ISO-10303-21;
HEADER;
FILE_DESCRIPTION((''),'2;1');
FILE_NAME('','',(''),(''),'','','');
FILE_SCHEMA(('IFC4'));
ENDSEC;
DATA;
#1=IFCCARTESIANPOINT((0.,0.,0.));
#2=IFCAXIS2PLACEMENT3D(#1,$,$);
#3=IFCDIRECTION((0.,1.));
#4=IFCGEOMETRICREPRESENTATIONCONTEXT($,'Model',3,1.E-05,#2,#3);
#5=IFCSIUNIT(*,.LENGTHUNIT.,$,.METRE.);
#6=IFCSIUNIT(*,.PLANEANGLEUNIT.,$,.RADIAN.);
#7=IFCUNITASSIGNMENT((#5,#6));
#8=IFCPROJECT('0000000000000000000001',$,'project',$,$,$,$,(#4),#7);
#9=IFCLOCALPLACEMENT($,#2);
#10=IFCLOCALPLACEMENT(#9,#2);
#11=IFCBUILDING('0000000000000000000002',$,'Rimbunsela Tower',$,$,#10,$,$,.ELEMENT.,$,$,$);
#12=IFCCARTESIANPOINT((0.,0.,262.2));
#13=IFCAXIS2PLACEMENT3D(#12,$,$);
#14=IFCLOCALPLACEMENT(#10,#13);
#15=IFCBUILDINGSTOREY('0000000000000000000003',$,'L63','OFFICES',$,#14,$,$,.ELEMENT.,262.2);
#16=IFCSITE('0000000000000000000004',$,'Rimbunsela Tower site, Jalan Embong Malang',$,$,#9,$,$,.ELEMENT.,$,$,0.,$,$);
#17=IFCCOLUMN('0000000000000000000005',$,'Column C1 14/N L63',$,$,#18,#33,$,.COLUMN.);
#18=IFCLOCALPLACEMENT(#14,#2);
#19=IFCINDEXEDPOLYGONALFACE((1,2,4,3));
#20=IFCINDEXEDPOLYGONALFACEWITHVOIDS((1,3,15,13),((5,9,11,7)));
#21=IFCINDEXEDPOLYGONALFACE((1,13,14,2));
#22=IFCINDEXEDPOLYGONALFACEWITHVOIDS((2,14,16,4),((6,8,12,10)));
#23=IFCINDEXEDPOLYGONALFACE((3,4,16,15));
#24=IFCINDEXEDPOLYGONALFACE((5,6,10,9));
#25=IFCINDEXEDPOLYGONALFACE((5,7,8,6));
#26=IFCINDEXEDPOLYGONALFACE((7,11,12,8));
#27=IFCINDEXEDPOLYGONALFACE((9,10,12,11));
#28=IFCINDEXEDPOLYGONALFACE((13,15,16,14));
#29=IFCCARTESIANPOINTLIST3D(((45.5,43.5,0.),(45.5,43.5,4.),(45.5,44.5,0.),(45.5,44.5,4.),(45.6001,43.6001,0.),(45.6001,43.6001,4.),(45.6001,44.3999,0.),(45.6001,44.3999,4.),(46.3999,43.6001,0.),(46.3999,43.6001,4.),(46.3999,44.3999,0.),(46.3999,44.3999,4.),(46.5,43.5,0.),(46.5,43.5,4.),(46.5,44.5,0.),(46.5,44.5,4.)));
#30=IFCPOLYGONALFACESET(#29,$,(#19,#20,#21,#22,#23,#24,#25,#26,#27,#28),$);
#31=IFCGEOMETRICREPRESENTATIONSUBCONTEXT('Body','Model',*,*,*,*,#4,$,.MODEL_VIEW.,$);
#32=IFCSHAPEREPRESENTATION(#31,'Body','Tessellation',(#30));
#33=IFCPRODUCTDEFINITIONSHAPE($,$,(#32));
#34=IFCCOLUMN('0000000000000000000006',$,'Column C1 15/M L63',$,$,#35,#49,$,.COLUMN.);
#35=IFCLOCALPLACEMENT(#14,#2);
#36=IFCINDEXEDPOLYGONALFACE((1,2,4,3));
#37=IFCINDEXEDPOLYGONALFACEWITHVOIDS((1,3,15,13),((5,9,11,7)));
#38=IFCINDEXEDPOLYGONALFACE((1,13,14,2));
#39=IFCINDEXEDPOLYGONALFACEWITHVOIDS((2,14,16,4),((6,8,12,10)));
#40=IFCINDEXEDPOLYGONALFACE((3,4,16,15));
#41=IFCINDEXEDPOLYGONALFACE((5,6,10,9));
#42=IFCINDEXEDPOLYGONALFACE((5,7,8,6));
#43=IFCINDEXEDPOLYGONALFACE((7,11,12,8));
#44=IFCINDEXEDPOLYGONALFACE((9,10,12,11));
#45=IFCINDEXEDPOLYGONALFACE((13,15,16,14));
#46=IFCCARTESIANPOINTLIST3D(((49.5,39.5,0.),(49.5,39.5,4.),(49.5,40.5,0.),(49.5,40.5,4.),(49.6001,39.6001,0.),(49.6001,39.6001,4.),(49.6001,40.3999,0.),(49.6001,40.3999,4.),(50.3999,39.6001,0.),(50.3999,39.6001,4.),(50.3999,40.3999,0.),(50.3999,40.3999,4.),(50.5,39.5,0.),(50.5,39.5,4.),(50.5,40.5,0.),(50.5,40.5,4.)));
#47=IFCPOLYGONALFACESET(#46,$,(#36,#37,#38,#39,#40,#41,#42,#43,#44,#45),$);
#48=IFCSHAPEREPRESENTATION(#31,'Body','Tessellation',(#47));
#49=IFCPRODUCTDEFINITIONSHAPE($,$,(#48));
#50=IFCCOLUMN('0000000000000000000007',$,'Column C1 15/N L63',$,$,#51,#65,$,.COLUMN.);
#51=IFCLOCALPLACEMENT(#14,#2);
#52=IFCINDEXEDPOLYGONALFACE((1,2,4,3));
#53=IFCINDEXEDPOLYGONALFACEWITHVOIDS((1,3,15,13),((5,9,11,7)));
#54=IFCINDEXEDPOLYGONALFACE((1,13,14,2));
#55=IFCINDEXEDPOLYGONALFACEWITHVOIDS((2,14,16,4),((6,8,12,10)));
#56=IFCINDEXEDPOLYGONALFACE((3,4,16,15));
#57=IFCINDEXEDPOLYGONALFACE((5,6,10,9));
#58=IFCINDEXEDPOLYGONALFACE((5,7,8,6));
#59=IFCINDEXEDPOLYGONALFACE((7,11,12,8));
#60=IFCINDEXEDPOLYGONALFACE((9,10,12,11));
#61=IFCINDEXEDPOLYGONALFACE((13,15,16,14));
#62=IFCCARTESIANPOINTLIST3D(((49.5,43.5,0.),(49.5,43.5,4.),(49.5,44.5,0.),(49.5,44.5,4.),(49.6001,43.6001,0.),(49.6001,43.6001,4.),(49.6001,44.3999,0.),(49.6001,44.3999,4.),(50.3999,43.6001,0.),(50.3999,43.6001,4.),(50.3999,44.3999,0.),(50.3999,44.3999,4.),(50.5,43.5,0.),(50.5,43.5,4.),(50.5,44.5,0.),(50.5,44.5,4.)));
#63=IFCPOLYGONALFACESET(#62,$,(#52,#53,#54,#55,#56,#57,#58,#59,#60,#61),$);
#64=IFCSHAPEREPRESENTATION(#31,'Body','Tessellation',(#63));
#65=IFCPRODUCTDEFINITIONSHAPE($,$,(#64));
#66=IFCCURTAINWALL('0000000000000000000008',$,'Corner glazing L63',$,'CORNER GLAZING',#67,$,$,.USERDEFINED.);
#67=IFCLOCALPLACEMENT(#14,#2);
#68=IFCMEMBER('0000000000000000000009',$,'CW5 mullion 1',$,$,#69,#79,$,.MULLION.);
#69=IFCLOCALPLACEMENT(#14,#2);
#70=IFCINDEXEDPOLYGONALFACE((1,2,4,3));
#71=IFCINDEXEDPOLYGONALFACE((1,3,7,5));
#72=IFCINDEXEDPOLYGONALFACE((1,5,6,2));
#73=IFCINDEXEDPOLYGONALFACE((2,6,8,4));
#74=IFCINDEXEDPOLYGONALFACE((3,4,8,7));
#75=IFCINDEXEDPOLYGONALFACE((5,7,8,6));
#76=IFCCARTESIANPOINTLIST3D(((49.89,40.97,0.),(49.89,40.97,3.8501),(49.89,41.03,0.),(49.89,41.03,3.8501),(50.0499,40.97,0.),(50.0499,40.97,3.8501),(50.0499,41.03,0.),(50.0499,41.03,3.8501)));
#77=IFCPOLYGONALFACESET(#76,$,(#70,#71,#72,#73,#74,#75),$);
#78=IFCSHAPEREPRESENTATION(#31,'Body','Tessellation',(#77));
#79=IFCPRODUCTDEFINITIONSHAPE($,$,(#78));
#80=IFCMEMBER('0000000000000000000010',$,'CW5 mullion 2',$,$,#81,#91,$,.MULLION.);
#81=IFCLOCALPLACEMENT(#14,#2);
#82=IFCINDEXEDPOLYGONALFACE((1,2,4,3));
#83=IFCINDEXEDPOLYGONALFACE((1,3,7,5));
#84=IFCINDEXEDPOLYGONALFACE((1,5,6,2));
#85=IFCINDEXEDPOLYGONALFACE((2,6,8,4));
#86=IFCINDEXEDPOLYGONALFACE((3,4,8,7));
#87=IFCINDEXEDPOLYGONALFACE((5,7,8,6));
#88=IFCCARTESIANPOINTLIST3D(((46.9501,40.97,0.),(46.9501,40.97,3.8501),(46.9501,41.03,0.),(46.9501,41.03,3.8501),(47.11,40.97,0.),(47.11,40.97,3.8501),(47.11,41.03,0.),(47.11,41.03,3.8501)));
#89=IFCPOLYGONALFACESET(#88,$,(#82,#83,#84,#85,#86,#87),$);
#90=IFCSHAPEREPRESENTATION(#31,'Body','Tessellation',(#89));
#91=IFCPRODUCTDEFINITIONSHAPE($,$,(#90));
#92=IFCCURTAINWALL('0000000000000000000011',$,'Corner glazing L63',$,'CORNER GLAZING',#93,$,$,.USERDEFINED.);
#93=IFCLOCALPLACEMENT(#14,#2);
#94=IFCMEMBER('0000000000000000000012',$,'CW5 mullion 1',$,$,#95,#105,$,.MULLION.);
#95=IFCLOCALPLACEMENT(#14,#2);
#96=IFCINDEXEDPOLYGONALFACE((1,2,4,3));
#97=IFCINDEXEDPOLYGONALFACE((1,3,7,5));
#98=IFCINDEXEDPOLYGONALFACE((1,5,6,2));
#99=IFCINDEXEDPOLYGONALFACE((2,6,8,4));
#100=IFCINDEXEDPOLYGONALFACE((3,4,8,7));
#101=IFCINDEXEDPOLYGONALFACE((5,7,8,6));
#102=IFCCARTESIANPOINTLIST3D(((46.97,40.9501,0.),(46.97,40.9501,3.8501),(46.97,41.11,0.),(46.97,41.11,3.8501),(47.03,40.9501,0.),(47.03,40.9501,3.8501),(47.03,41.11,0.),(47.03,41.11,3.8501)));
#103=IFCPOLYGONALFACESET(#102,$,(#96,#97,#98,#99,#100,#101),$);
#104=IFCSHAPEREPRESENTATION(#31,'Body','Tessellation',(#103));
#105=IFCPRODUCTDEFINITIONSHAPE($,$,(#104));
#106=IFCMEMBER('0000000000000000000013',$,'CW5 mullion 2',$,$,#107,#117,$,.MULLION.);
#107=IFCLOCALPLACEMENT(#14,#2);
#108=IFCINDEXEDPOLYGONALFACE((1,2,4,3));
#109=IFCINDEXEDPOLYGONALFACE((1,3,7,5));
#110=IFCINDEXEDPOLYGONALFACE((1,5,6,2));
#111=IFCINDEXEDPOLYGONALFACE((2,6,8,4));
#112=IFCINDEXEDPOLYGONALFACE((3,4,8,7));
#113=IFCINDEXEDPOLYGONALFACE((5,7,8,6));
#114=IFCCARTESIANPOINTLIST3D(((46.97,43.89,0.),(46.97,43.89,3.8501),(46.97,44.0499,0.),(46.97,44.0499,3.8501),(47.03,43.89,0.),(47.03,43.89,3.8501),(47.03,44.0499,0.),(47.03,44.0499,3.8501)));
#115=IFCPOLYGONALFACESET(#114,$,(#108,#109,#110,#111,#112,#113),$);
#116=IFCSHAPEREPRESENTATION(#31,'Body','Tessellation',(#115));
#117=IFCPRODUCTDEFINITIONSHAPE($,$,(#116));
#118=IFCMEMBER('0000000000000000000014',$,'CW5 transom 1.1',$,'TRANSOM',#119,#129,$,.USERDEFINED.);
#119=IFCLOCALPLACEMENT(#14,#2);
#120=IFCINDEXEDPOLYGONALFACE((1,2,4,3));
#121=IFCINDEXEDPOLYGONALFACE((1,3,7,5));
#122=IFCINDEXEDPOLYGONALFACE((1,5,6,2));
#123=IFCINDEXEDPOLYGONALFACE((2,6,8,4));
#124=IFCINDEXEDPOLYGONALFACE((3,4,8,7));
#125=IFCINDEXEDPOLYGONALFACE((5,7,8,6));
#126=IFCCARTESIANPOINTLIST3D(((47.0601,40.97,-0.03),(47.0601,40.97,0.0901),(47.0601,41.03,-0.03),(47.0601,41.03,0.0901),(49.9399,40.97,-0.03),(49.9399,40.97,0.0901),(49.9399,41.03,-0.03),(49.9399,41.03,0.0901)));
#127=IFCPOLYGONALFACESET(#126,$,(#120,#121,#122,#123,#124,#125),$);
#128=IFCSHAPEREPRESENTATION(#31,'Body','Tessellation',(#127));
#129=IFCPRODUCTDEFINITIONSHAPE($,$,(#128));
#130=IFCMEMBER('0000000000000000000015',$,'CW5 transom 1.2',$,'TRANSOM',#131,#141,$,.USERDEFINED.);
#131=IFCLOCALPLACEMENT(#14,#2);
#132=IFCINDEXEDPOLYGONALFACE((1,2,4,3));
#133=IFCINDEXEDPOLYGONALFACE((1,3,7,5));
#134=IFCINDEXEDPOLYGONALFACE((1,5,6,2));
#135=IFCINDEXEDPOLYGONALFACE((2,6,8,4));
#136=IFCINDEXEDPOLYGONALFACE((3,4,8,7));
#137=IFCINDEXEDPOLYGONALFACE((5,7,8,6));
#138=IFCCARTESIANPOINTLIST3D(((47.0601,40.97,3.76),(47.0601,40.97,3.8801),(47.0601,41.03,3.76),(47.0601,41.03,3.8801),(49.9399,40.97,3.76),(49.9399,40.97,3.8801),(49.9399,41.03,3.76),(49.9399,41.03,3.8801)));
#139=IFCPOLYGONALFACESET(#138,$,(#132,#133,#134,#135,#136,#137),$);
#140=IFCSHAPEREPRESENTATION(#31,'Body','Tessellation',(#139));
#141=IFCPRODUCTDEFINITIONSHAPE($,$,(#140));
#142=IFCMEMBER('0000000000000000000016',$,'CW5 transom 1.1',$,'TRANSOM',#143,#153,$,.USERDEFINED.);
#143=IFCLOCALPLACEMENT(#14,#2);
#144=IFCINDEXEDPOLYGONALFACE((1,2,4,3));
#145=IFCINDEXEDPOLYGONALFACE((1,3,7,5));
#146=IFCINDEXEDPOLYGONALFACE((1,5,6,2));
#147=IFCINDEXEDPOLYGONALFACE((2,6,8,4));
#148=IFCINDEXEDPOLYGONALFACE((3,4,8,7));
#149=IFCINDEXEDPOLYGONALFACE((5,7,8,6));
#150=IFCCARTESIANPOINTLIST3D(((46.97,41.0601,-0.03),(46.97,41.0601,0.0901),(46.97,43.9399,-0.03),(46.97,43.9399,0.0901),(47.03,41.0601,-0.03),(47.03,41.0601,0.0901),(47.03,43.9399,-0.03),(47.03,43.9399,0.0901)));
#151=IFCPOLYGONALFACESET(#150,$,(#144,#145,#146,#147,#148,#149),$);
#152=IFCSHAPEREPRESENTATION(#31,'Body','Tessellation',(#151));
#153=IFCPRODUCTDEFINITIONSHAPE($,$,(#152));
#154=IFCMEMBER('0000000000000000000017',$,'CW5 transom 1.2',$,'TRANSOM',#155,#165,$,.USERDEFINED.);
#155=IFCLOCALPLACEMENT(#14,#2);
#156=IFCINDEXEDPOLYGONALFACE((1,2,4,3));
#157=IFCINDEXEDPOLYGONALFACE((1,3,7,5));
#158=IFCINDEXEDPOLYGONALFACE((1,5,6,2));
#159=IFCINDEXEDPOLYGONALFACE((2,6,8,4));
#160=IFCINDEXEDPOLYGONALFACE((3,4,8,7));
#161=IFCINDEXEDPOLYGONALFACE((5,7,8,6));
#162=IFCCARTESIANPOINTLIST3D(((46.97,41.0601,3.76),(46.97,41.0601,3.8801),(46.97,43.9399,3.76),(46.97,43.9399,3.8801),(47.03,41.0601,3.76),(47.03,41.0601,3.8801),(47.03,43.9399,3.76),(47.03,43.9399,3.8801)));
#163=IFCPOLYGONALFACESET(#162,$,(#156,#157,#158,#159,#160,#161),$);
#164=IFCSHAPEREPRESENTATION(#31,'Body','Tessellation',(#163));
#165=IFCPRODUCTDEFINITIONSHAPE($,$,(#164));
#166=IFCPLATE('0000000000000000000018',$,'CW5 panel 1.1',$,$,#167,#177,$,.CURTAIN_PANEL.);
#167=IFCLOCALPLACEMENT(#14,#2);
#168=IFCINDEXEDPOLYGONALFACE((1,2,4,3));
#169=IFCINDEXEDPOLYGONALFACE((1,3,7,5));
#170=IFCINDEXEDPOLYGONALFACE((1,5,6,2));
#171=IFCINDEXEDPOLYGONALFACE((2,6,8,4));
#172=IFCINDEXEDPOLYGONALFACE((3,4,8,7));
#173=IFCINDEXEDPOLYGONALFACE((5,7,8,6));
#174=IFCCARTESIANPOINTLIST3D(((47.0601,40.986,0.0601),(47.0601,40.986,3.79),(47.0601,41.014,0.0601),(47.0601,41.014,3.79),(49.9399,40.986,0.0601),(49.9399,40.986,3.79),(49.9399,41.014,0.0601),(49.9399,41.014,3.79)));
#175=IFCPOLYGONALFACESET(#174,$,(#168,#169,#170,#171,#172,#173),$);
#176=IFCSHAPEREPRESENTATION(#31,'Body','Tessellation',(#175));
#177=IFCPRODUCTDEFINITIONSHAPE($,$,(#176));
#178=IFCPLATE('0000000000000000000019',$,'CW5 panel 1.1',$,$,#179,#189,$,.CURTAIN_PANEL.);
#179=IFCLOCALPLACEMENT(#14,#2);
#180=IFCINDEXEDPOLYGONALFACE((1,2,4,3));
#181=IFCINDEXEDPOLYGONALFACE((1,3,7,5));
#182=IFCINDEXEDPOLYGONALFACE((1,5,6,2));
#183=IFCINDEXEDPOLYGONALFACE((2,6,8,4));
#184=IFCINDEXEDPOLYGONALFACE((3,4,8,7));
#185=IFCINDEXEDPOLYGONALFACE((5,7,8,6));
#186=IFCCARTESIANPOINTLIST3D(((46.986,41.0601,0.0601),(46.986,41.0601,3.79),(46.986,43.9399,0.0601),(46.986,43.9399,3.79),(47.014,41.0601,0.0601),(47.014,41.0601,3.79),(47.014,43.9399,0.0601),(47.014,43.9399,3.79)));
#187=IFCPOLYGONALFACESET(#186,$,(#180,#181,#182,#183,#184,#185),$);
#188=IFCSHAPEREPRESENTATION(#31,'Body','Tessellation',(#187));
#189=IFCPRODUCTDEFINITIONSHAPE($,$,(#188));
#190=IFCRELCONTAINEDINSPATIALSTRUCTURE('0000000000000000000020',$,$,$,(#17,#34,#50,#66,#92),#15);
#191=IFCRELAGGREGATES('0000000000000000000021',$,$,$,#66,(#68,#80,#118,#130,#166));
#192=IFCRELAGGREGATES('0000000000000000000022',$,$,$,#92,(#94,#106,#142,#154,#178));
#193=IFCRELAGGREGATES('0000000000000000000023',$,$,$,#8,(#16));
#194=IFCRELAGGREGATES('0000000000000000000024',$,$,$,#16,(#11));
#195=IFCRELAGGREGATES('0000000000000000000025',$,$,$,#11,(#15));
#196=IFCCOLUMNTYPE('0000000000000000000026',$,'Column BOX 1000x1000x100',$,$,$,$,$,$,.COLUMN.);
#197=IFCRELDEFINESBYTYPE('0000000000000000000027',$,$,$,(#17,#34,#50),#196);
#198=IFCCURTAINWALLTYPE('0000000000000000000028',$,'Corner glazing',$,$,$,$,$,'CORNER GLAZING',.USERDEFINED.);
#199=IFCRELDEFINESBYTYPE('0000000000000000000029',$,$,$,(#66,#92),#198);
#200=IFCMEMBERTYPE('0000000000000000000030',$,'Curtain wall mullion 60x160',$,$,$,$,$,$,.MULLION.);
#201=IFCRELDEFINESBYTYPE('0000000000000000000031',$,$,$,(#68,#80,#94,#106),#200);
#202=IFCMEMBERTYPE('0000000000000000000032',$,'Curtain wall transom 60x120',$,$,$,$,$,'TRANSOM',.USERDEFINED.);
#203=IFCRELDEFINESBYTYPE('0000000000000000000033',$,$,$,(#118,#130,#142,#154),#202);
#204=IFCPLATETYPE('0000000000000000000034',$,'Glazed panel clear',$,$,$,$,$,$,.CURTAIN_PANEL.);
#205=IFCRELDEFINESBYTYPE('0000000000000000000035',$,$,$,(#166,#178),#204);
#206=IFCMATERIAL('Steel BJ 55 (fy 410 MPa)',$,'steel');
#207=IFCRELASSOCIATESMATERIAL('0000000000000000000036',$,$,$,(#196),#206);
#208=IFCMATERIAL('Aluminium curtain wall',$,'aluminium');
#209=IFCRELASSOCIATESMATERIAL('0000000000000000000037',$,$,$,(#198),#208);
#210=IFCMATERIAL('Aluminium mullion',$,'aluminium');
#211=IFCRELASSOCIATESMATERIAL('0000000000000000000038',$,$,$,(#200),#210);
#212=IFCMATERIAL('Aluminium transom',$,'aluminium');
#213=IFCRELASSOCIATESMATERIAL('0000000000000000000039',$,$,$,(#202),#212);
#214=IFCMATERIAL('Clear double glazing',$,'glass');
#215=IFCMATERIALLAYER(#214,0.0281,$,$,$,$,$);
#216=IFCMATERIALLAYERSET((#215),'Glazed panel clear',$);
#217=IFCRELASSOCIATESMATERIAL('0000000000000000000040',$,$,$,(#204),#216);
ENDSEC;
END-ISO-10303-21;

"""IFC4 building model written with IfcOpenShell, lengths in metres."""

from ifc_helpers import new_model, si_unit, direction, frame, origin, origin_2d, place, context, subcontext, project, spatial, rectangle, hollow_rectangle, extrude, material, layer, layer_set, material_profile, profile_set, type_object, element, aggregate, save


model = new_model("IFC4")

# Units and contexts
model_context = context("Model", 3, precision=1e-05, world=origin(), true_north=direction((0.0, 1.0)))
body_context = subcontext(model_context, "Body", "Model", "MODEL_VIEW")
ifc_project = project(units=[si_unit("LENGTHUNIT", "METRE"), si_unit("PLANEANGLEUNIT", "RADIAN")], contexts=[model_context])

# Site, building, storey
site_placement = place(None, origin())
site = spatial("IfcSite", under=ifc_project, at=site_placement, Name="Rimbunsela Tower site, Jalan Embong Malang", CompositionType="ELEMENT", RefElevation=0.0)
building_placement = place(site_placement, origin())
building = spatial("IfcBuilding", under=site, at=building_placement, Name="Rimbunsela Tower", CompositionType="ELEMENT")
storey_placement = place(building_placement, frame((0.0, 0.0, 262.2)))
storey = spatial("IfcBuildingStorey", under=building, at=storey_placement, Name="L63", Description="OFFICES", CompositionType="ELEMENT", Elevation=262.2)

# Columns
ifc_material_1 = material(Name="Steel BJ 55 (fy 410 MPa)", Category="steel")
ifc_material_profile_1 = material_profile(ifc_material_1, hollow_rectangle(XDim=1.0, YDim=1.0, WallThickness=0.1001, at=origin_2d()), Name="BOX 1000x1000x100")
ifc_profile_set_1 = profile_set([ifc_material_profile_1], Name="Steel BJ 55 (fy 410 MPa)")
column_type = type_object("IfcColumnType", Name="Column BOX 1000x1000x100", PredefinedType="COLUMN", material=ifc_profile_set_1)
for number, where, z_axis, x_axis, name in (
    (1, (46.0, 44.0, 0.0), (0.0, 0.0, 1.0), (1.0, 0.0, 0.0), "Column C1 14/N L63"),
    (2, (50.0, 40.0, 0.0), (0.0, 0.0, 1.0), (1.0, 0.0, 0.0), "Column C1 15/M L63"),
    (3, (50.0, 44.0, 0.0), (0.0, 0.0, 1.0), (1.0, 0.0, 0.0), "Column C1 15/N L63"),
):
    element("IfcColumn", number, at=place(storey_placement, frame(where, z_axis=z_axis, x_axis=x_axis)), inside=storey, type_object=column_type, Name=name, PredefinedType="COLUMN", context=body_context, shape_type="SweptSolid", body=[
        extrude(hollow_rectangle(XDim=1.0, YDim=1.0, WallThickness=0.1001, at=origin_2d()), origin(), (0.0, 0.0, 1.0), 4.0),
    ])

# Curtain walls, members
ifc_material_2 = material(Name="Aluminium curtain wall", Category="aluminium")
curtain_wall_type = type_object("IfcCurtainWallType", Name="Corner glazing", ElementType="CORNER GLAZING", PredefinedType="USERDEFINED", material=ifc_material_2)
curtain_wall_1_placement = place(storey_placement, origin())
curtain_wall_1 = element("IfcCurtainWall", 4, at=curtain_wall_1_placement, inside=storey, type_object=curtain_wall_type, Name="Corner glazing L63", ObjectType="CORNER GLAZING", PredefinedType="USERDEFINED")
ifc_material_3 = material(Name="Aluminium mullion", Category="aluminium")
ifc_material_profile_2 = material_profile(ifc_material_3, rectangle(XDim=0.0601, YDim=0.1599, at=origin_2d()), Name="Mullion 60x160")
ifc_profile_set_2 = profile_set([ifc_material_profile_2], Name="Aluminium mullion")
member_type_1 = type_object("IfcMemberType", Name="Curtain wall mullion 60x160", PredefinedType="MULLION", material=ifc_profile_set_2)
member_1_placement = place(storey_placement, frame((49.97, 41.0, 0.0), z_axis=(0.0, 0.0, 1.0), x_axis=(0.0, -1.0, 0.0)))
member_1 = element("IfcMember", 5, at=member_1_placement, type_object=member_type_1, Name="CW5 mullion 1", PredefinedType="MULLION", context=body_context, shape_type="SweptSolid", body=[
    extrude(rectangle(XDim=0.0601, YDim=0.1599, at=origin_2d()), origin(), (0.0, 0.0, 1.0), 3.8501),
])
member_2_placement = place(storey_placement, frame((47.03, 41.0, 0.0), z_axis=(0.0, 0.0, 1.0), x_axis=(0.0, -1.0, 0.0)))
member_2 = element("IfcMember", 6, at=member_2_placement, type_object=member_type_1, Name="CW5 mullion 2", PredefinedType="MULLION", context=body_context, shape_type="SweptSolid", body=[
    extrude(rectangle(XDim=0.0601, YDim=0.1599, at=origin_2d()), origin(), (0.0, 0.0, 1.0), 3.8501),
])
curtain_wall_2_placement = place(storey_placement, origin())
curtain_wall_2 = element("IfcCurtainWall", 7, at=curtain_wall_2_placement, inside=storey, type_object=curtain_wall_type, Name="Corner glazing L63", ObjectType="CORNER GLAZING", PredefinedType="USERDEFINED")
member_3_placement = place(storey_placement, frame((47.0, 41.03, 0.0), z_axis=(0.0, 0.0, 1.0), x_axis=(-1.0, 0.0, 0.0)))
member_3 = element("IfcMember", 8, at=member_3_placement, type_object=member_type_1, Name="CW5 mullion 1", PredefinedType="MULLION", context=body_context, shape_type="SweptSolid", body=[
    extrude(rectangle(XDim=0.0601, YDim=0.1599, at=origin_2d()), origin(), (0.0, 0.0, 1.0), 3.8501),
])
member_4_placement = place(storey_placement, frame((47.0, 43.97, 0.0), z_axis=(0.0, 0.0, 1.0), x_axis=(-1.0, 0.0, 0.0)))
member_4 = element("IfcMember", 9, at=member_4_placement, type_object=member_type_1, Name="CW5 mullion 2", PredefinedType="MULLION", context=body_context, shape_type="SweptSolid", body=[
    extrude(rectangle(XDim=0.0601, YDim=0.1599, at=origin_2d()), origin(), (0.0, 0.0, 1.0), 3.8501),
])

# Members
ifc_material_4 = material(Name="Aluminium transom", Category="aluminium")
ifc_material_profile_3 = material_profile(ifc_material_4, rectangle(XDim=0.0601, YDim=0.1201, at=origin_2d()), Name="Transom 60x120")
ifc_profile_set_3 = profile_set([ifc_material_profile_3], Name="Aluminium transom")
member_type_2 = type_object("IfcMemberType", Name="Curtain wall transom 60x120", ElementType="TRANSOM", PredefinedType="USERDEFINED", material=ifc_profile_set_3)
member_5_placement = place(storey_placement, frame((49.9399, 41.0, 0.03), z_axis=(-1.0, 0.0, 0.0), x_axis=(0.0, -1.0, 0.0)))
member_5 = element("IfcMember", 10, at=member_5_placement, type_object=member_type_2, Name="CW5 transom 1.1", ObjectType="TRANSOM", PredefinedType="USERDEFINED", context=body_context, shape_type="SweptSolid", body=[
    extrude(rectangle(XDim=0.0601, YDim=0.1201, at=origin_2d()), origin(), (0.0, 0.0, 1.0), 2.8799),
])
member_6_placement = place(storey_placement, frame((49.9399, 41.0, 3.8201), z_axis=(-1.0, 0.0, 0.0), x_axis=(0.0, -1.0, 0.0)))
member_6 = element("IfcMember", 11, at=member_6_placement, type_object=member_type_2, Name="CW5 transom 1.2", ObjectType="TRANSOM", PredefinedType="USERDEFINED", context=body_context, shape_type="SweptSolid", body=[
    extrude(rectangle(XDim=0.0601, YDim=0.1201, at=origin_2d()), origin(), (0.0, 0.0, 1.0), 2.8799),
])
member_7_placement = place(storey_placement, frame((47.0, 41.0601, 0.03), z_axis=(0.0, 1.0, 0.0), x_axis=(-1.0, 0.0, 0.0)))
member_7 = element("IfcMember", 12, at=member_7_placement, type_object=member_type_2, Name="CW5 transom 1.1", ObjectType="TRANSOM", PredefinedType="USERDEFINED", context=body_context, shape_type="SweptSolid", body=[
    extrude(rectangle(XDim=0.0601, YDim=0.1201, at=origin_2d()), origin(), (0.0, 0.0, 1.0), 2.8799),
])
member_8_placement = place(storey_placement, frame((47.0, 41.0601, 3.8201), z_axis=(0.0, 1.0, 0.0), x_axis=(-1.0, 0.0, 0.0)))
member_8 = element("IfcMember", 13, at=member_8_placement, type_object=member_type_2, Name="CW5 transom 1.2", ObjectType="TRANSOM", PredefinedType="USERDEFINED", context=body_context, shape_type="SweptSolid", body=[
    extrude(rectangle(XDim=0.0601, YDim=0.1201, at=origin_2d()), origin(), (0.0, 0.0, 1.0), 2.8799),
])

# Plates
ifc_material_5 = material(Name="Clear double glazing", Category="glass")
ifc_layer_1 = layer(ifc_material_5, 0.0281)
ifc_layer_set_1 = layer_set([ifc_layer_1], Name="Glazed panel clear")
plate_type = type_object("IfcPlateType", Name="Glazed panel clear", PredefinedType="CURTAIN_PANEL", material=ifc_layer_set_1)
plate_1_placement = place(storey_placement, frame((48.5, 41.0, 0.0601), z_axis=(0.0, 0.0, 1.0), x_axis=(-1.0, 0.0, 0.0)))
plate_1 = element("IfcPlate", 14, at=plate_1_placement, type_object=plate_type, Name="CW5 panel 1.1", PredefinedType="CURTAIN_PANEL", context=body_context, shape_type="SweptSolid", body=[
    extrude(rectangle(XDim=2.8799, YDim=0.0281, at=origin_2d()), origin(), (0.0, 0.0, 1.0), 3.73),
])
aggregate(curtain_wall_1, [member_1, member_2, member_5, member_6, plate_1])
plate_2_placement = place(storey_placement, frame((47.0, 42.5, 0.0601), z_axis=(0.0, 0.0, 1.0), x_axis=(0.0, 1.0, 0.0)))
plate_2 = element("IfcPlate", 15, at=plate_2_placement, type_object=plate_type, Name="CW5 panel 1.1", PredefinedType="CURTAIN_PANEL", context=body_context, shape_type="SweptSolid", body=[
    extrude(rectangle(XDim=2.8799, YDim=0.0281, at=origin_2d()), origin(), (0.0, 0.0, 1.0), 3.73),
])
aggregate(curtain_wall_2, [member_3, member_4, member_7, member_8, plate_2])

save(model, "model.ifc")
